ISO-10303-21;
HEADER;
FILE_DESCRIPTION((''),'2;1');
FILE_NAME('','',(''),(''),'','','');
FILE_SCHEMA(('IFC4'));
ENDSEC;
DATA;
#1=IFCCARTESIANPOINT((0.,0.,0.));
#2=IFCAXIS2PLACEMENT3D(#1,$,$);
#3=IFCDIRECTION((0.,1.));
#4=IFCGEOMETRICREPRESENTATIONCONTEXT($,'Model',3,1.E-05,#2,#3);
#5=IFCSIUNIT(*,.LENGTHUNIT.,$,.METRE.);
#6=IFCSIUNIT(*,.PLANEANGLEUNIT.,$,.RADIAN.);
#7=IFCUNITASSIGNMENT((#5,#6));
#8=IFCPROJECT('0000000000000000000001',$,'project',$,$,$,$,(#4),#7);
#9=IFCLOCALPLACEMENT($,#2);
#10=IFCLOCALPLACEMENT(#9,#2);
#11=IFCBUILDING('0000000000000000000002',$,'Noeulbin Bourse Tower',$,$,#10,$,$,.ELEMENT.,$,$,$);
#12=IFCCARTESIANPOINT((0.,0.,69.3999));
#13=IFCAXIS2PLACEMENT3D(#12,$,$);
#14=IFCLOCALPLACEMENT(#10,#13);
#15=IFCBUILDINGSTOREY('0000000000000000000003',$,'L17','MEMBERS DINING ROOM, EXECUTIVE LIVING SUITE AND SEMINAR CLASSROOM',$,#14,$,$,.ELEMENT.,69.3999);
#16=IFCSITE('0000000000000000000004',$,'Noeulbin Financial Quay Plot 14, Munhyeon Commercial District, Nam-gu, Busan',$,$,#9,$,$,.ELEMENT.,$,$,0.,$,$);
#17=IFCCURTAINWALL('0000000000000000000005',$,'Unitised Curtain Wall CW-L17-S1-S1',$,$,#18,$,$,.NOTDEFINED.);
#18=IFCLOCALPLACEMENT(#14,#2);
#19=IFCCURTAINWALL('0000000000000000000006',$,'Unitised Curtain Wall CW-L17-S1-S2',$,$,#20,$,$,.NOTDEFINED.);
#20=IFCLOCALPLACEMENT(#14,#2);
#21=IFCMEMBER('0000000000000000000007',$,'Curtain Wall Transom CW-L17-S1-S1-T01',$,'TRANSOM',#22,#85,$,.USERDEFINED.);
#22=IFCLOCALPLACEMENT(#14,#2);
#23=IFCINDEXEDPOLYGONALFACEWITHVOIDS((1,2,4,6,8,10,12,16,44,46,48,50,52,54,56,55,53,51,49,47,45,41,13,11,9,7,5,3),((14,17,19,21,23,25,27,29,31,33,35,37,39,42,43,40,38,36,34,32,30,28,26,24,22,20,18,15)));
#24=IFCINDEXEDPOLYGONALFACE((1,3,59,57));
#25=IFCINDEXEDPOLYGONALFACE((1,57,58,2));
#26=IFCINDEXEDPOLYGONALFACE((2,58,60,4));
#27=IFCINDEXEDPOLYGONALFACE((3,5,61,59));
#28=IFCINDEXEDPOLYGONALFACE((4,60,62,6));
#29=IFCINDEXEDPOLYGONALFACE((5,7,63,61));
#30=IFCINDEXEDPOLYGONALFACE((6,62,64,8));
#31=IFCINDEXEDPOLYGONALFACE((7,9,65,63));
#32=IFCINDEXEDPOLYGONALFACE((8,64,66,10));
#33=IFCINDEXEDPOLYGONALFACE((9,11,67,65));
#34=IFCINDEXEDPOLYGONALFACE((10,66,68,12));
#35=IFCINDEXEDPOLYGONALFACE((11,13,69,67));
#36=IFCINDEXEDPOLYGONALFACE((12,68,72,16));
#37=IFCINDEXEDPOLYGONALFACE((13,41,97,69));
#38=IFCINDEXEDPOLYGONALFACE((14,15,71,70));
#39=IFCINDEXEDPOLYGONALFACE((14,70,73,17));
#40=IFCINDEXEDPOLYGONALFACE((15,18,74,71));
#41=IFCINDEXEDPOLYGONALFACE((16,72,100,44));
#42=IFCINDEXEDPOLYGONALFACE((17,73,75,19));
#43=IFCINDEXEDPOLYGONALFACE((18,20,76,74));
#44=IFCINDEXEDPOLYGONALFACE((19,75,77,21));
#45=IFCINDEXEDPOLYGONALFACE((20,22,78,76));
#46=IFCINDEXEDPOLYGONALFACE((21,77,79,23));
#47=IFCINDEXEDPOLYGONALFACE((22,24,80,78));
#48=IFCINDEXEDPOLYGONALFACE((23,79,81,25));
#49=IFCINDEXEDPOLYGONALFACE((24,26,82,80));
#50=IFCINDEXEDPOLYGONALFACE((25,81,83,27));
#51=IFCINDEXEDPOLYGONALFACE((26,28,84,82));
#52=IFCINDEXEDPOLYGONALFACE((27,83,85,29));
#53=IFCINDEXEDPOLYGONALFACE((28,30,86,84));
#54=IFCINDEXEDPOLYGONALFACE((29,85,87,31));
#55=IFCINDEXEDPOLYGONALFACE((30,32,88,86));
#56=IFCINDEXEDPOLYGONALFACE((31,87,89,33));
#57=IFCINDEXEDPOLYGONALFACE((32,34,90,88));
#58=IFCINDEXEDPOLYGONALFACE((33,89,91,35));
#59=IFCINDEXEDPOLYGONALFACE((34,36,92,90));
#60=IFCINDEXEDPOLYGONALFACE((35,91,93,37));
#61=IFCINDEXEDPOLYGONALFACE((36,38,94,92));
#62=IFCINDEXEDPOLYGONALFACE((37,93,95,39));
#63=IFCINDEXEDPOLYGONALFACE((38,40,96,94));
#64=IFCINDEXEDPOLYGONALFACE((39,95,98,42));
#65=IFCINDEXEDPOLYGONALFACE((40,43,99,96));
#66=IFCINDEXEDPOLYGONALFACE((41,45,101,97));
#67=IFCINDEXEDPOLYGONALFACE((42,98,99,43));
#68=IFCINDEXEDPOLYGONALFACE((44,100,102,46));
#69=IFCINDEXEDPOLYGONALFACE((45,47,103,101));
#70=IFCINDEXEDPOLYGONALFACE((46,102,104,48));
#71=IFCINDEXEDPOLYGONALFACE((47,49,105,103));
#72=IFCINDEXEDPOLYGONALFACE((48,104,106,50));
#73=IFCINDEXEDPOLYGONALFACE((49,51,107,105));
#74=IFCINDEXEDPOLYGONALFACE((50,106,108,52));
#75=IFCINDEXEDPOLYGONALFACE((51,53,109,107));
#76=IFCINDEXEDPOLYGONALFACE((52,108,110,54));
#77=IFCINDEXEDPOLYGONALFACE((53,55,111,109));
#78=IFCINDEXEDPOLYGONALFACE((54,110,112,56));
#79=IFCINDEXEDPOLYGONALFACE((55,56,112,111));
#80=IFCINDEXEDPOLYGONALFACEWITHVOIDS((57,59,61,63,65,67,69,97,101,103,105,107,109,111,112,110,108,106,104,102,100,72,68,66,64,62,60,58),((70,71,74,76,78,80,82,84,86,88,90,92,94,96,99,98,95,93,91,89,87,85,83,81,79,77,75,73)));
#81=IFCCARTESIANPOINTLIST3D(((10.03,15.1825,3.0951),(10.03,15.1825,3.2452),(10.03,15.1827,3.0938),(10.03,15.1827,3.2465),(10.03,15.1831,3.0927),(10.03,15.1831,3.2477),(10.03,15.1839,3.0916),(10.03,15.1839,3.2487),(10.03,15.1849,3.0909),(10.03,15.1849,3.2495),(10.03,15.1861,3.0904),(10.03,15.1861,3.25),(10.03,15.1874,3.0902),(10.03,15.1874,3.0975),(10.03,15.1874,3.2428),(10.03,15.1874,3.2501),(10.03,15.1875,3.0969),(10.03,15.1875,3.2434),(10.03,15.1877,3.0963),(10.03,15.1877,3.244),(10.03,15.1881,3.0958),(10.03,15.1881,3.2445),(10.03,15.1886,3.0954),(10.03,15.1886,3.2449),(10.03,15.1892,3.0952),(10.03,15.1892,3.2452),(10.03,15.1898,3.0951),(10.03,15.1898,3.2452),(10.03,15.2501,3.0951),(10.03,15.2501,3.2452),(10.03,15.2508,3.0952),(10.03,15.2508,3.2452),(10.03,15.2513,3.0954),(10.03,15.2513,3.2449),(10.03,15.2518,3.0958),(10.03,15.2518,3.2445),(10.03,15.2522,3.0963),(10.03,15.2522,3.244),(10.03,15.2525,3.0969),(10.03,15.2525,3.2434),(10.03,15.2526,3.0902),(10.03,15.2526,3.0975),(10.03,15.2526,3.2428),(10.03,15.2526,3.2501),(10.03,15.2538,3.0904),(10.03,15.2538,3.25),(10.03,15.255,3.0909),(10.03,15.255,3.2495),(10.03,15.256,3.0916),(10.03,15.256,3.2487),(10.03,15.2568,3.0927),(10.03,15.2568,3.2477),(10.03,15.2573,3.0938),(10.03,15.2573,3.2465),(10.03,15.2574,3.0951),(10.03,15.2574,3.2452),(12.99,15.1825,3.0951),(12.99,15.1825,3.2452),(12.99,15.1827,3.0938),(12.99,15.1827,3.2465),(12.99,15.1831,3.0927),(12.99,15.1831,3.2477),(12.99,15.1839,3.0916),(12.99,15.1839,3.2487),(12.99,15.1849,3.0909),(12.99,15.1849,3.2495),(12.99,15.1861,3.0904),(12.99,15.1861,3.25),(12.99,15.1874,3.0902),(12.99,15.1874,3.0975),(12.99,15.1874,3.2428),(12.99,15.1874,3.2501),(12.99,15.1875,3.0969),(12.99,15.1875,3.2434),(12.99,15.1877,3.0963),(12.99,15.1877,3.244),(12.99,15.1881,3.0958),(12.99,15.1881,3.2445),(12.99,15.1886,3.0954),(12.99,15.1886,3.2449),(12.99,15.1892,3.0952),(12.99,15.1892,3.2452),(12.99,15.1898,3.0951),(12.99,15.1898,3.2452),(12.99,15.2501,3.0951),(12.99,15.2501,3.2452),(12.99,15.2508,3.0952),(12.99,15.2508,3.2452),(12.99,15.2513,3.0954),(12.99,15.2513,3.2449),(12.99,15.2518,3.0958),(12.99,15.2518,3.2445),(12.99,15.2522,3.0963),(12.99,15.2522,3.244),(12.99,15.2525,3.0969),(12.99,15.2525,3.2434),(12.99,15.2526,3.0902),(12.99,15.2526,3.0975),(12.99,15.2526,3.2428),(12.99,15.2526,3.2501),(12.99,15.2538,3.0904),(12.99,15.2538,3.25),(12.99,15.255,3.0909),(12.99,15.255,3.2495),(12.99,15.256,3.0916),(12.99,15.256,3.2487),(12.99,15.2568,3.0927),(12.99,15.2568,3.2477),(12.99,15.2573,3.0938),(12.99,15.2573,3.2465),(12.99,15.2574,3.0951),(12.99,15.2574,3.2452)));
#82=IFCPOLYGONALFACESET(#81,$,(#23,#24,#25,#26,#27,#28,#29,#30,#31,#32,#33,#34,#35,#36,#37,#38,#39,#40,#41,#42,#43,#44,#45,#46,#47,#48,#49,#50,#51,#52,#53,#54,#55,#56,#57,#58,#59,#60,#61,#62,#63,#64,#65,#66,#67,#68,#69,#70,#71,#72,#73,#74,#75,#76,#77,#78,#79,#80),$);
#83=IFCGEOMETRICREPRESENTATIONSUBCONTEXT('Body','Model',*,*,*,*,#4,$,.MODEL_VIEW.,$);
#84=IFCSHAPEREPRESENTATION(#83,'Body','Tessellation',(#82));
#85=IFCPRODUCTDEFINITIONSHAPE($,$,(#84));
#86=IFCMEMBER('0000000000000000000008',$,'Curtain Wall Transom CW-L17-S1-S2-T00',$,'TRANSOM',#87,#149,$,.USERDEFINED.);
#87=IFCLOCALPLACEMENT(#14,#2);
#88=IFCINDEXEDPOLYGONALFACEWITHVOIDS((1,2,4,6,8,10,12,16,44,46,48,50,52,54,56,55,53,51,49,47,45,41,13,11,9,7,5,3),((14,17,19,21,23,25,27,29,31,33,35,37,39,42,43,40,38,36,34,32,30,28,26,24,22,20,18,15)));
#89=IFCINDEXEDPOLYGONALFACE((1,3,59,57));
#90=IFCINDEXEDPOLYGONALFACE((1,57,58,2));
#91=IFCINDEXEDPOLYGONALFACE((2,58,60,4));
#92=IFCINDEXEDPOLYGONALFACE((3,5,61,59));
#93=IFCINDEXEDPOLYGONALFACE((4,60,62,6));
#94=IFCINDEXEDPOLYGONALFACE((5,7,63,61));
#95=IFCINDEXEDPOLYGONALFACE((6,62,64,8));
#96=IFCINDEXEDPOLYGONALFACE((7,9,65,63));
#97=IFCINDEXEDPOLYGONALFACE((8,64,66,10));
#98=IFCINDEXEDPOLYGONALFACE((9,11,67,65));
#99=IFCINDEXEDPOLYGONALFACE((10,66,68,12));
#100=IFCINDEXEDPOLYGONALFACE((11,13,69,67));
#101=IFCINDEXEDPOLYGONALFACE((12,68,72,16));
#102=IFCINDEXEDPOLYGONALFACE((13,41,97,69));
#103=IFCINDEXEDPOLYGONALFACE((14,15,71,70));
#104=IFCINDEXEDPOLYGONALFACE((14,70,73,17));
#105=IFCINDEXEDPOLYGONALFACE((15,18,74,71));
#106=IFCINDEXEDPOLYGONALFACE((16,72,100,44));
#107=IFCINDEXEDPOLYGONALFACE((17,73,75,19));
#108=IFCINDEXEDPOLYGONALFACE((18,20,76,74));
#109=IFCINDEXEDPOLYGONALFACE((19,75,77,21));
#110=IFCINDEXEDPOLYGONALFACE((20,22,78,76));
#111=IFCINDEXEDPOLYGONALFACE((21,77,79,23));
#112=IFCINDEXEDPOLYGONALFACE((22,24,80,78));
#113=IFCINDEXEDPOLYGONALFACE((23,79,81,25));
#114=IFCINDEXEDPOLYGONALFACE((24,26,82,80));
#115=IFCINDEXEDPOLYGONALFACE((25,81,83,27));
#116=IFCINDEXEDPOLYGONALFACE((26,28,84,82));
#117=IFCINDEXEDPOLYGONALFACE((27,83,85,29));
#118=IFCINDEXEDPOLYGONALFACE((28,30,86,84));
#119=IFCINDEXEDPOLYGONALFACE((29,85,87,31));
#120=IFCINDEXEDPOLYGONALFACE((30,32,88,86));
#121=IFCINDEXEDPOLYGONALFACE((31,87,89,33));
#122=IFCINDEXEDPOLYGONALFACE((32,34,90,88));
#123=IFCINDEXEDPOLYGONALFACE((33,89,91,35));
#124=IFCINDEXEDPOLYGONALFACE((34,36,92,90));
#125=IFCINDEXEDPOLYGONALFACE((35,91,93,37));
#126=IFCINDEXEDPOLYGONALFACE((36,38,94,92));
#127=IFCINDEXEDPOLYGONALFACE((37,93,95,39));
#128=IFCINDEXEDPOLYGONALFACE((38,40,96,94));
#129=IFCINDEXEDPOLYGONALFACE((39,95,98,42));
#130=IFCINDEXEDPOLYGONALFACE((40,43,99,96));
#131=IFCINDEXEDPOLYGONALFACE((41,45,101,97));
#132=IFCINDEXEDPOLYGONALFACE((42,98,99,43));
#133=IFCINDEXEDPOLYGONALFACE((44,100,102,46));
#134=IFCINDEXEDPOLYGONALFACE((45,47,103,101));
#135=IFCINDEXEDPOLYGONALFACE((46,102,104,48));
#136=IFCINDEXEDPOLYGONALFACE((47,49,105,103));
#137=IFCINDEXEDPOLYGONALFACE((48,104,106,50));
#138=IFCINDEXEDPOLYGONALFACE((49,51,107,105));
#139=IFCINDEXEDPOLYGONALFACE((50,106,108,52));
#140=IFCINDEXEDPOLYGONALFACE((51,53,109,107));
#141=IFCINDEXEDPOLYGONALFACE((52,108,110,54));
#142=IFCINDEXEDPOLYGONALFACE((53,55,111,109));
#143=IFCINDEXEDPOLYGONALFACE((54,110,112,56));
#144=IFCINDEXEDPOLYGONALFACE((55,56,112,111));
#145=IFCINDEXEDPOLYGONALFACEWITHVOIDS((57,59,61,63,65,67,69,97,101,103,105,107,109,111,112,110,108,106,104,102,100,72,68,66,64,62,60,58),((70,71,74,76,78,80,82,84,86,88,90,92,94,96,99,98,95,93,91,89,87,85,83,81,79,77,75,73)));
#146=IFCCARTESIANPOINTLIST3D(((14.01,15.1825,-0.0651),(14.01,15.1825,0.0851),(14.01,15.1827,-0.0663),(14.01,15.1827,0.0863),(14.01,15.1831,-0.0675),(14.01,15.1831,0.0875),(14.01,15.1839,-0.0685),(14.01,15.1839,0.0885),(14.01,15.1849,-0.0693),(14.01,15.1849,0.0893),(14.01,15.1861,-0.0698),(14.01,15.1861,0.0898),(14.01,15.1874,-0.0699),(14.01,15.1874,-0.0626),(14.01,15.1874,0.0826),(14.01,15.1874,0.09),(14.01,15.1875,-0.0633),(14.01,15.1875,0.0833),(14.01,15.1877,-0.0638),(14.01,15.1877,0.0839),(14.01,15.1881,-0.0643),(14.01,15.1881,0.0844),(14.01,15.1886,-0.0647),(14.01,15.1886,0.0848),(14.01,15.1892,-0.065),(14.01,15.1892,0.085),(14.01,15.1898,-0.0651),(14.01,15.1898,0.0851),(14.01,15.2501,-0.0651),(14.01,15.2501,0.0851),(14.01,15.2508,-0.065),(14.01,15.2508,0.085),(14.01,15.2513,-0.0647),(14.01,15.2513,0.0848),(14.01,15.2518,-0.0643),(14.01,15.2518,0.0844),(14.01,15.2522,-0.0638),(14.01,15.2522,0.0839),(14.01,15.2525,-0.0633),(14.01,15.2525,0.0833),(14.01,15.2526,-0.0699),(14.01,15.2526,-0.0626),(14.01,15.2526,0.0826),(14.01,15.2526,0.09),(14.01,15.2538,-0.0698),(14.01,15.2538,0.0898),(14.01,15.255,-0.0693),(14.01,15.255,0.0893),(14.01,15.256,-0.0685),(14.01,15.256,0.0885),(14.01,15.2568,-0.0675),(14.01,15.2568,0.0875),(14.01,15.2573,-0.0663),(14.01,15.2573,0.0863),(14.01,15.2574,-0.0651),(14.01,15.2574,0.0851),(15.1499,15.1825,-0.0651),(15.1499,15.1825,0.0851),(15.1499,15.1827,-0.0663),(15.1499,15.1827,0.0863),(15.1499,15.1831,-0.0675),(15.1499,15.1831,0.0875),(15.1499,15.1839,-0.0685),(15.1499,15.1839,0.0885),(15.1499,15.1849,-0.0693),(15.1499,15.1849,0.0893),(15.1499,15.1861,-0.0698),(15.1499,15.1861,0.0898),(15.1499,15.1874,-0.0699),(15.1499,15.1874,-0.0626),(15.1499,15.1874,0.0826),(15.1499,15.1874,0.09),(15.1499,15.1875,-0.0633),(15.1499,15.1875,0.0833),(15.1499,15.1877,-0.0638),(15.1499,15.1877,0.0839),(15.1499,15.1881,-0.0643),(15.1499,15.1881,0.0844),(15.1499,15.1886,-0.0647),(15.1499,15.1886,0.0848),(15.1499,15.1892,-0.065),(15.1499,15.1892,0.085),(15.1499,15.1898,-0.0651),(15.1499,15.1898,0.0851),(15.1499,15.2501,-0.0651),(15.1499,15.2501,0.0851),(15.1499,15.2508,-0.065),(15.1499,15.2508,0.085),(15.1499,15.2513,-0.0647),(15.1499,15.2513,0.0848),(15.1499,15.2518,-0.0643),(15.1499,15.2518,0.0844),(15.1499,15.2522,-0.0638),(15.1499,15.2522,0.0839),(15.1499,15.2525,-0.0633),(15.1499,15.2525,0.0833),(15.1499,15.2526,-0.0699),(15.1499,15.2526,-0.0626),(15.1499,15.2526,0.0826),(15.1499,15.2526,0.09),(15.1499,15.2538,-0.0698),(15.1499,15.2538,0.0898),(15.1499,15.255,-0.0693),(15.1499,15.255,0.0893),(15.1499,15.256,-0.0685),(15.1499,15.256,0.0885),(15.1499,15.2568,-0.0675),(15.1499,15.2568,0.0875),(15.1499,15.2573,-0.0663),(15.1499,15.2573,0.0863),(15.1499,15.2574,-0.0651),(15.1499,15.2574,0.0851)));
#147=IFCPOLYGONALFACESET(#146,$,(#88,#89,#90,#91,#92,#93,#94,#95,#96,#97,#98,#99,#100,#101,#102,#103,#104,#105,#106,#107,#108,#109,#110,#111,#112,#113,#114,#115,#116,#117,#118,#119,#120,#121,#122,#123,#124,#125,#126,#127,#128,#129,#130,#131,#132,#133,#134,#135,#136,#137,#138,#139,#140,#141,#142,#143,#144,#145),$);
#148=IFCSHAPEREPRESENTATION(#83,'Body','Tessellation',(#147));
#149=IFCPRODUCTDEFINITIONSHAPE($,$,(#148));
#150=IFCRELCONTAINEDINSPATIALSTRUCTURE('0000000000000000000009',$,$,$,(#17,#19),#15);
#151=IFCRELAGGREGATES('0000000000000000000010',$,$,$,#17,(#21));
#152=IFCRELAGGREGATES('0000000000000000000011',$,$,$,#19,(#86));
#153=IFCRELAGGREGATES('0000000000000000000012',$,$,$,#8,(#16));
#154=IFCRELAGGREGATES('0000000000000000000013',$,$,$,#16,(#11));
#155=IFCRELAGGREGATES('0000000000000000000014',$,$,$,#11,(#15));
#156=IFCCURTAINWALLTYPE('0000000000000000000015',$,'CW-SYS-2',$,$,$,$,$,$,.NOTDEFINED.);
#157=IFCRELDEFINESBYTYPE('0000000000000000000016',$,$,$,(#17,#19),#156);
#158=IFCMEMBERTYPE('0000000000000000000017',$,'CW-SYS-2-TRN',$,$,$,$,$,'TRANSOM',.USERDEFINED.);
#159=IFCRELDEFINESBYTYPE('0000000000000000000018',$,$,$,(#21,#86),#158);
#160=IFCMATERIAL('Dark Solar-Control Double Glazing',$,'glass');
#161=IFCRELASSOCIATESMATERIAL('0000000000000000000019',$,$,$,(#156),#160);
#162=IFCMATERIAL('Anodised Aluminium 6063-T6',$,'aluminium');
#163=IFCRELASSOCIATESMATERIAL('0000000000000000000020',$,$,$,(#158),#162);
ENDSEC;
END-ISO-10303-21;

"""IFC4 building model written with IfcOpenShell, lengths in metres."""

from ifc_helpers import new_model, si_unit, direction, frame, origin, origin_2d, place, context, subcontext, project, spatial, hollow_rectangle, extrude, material, material_profile, profile_set, type_object, element, aggregate, save


model = new_model("IFC4")

# Units and contexts
model_context = context("Model", 3, precision=1e-05, world=origin(), true_north=direction((0.0, 1.0)))
body_context = subcontext(model_context, "Body", "Model", "MODEL_VIEW")
ifc_project = project(units=[si_unit("LENGTHUNIT", "METRE"), si_unit("PLANEANGLEUNIT", "RADIAN")], contexts=[model_context])

# Site, building, storey
site_placement = place(None, origin())
site = spatial("IfcSite", under=ifc_project, at=site_placement, Name="Noeulbin Financial Quay Plot 14, Munhyeon Commercial District, Nam-gu, Busan", CompositionType="ELEMENT", RefElevation=0.0)
building_placement = place(site_placement, origin())
building = spatial("IfcBuilding", under=site, at=building_placement, Name="Noeulbin Bourse Tower", CompositionType="ELEMENT")
storey_placement = place(building_placement, frame((0.0, 0.0, 69.3999)))
storey = spatial("IfcBuildingStorey", under=building, at=storey_placement, Name="L17", Description="MEMBERS DINING ROOM, EXECUTIVE LIVING SUITE AND SEMINAR CLASSROOM", CompositionType="ELEMENT", Elevation=69.3999)

# Curtain walls
ifc_material_1 = material(Name="Dark Solar-Control Double Glazing", Category="glass")
curtain_wall_type = type_object("IfcCurtainWallType", Name="CW-SYS-2", PredefinedType="NOTDEFINED", material=ifc_material_1)
curtain_wall_1_placement = place(storey_placement, origin())
curtain_wall_1 = element("IfcCurtainWall", 1, at=curtain_wall_1_placement, inside=storey, type_object=curtain_wall_type, Name="Unitised Curtain Wall CW-L17-S1-S1", PredefinedType="NOTDEFINED")
ifc_material_2 = material(Name="Anodised Aluminium 6063-T6", Category="aluminium")
curtain_wall_2_placement = place(storey_placement, origin())
curtain_wall_2 = element("IfcCurtainWall", 2, at=curtain_wall_2_placement, inside=storey, type_object=curtain_wall_type, Name="Unitised Curtain Wall CW-L17-S1-S2", PredefinedType="NOTDEFINED")

# Members
ifc_material_profile_1 = material_profile(ifc_material_2, hollow_rectangle(XDim=0.075, YDim=0.1599, WallThickness=0.0049, InnerFilletRadius=0.0024, OuterFilletRadius=0.0049, at=origin_2d()), Name="ALU-TRAN-75x160x5", Category="LoadBearing")
ifc_profile_set_1 = profile_set([ifc_material_profile_1], Name="Anodised Aluminium 6063-T6")
member_type_1 = type_object("IfcMemberType", Name="CW-SYS-2-TRN", ElementType="TRANSOM", PredefinedType="USERDEFINED", material=ifc_profile_set_1)
member_1_placement = place(storey_placement, frame((10.03, 15.22, 3.1702), z_axis=(1.0, 0.0, 0.0), x_axis=(0.0, 1.0, 0.0)))
member_1 = element("IfcMember", 3, at=member_1_placement, type_object=member_type_1, Name="Curtain Wall Transom CW-L17-S1-S1-T01", ObjectType="TRANSOM", PredefinedType="USERDEFINED", context=body_context, shape_type="SweptSolid", body=[
    extrude(hollow_rectangle(XDim=0.075, YDim=0.1599, WallThickness=0.0049, InnerFilletRadius=0.0024, OuterFilletRadius=0.0049, at=origin_2d()), origin(), (0.0, 0.0, 1.0), 2.96),
])
member_2_placement = place(storey_placement, frame((14.01, 15.22, 0.01), z_axis=(1.0, 0.0, 0.0), x_axis=(0.0, 1.0, 0.0)))
member_2 = element("IfcMember", 4, at=member_2_placement, type_object=member_type_1, Name="Curtain Wall Transom CW-L17-S1-S2-T00", ObjectType="TRANSOM", PredefinedType="USERDEFINED", context=body_context, shape_type="SweptSolid", body=[
    extrude(hollow_rectangle(XDim=0.075, YDim=0.1599, WallThickness=0.0049, InnerFilletRadius=0.0024, OuterFilletRadius=0.0049, at=origin_2d()), origin(), (0.0, 0.0, 1.0), 1.1399),
])

aggregate(curtain_wall_1, [member_1])
aggregate(curtain_wall_2, [member_2])

save(model, "model.ifc")
